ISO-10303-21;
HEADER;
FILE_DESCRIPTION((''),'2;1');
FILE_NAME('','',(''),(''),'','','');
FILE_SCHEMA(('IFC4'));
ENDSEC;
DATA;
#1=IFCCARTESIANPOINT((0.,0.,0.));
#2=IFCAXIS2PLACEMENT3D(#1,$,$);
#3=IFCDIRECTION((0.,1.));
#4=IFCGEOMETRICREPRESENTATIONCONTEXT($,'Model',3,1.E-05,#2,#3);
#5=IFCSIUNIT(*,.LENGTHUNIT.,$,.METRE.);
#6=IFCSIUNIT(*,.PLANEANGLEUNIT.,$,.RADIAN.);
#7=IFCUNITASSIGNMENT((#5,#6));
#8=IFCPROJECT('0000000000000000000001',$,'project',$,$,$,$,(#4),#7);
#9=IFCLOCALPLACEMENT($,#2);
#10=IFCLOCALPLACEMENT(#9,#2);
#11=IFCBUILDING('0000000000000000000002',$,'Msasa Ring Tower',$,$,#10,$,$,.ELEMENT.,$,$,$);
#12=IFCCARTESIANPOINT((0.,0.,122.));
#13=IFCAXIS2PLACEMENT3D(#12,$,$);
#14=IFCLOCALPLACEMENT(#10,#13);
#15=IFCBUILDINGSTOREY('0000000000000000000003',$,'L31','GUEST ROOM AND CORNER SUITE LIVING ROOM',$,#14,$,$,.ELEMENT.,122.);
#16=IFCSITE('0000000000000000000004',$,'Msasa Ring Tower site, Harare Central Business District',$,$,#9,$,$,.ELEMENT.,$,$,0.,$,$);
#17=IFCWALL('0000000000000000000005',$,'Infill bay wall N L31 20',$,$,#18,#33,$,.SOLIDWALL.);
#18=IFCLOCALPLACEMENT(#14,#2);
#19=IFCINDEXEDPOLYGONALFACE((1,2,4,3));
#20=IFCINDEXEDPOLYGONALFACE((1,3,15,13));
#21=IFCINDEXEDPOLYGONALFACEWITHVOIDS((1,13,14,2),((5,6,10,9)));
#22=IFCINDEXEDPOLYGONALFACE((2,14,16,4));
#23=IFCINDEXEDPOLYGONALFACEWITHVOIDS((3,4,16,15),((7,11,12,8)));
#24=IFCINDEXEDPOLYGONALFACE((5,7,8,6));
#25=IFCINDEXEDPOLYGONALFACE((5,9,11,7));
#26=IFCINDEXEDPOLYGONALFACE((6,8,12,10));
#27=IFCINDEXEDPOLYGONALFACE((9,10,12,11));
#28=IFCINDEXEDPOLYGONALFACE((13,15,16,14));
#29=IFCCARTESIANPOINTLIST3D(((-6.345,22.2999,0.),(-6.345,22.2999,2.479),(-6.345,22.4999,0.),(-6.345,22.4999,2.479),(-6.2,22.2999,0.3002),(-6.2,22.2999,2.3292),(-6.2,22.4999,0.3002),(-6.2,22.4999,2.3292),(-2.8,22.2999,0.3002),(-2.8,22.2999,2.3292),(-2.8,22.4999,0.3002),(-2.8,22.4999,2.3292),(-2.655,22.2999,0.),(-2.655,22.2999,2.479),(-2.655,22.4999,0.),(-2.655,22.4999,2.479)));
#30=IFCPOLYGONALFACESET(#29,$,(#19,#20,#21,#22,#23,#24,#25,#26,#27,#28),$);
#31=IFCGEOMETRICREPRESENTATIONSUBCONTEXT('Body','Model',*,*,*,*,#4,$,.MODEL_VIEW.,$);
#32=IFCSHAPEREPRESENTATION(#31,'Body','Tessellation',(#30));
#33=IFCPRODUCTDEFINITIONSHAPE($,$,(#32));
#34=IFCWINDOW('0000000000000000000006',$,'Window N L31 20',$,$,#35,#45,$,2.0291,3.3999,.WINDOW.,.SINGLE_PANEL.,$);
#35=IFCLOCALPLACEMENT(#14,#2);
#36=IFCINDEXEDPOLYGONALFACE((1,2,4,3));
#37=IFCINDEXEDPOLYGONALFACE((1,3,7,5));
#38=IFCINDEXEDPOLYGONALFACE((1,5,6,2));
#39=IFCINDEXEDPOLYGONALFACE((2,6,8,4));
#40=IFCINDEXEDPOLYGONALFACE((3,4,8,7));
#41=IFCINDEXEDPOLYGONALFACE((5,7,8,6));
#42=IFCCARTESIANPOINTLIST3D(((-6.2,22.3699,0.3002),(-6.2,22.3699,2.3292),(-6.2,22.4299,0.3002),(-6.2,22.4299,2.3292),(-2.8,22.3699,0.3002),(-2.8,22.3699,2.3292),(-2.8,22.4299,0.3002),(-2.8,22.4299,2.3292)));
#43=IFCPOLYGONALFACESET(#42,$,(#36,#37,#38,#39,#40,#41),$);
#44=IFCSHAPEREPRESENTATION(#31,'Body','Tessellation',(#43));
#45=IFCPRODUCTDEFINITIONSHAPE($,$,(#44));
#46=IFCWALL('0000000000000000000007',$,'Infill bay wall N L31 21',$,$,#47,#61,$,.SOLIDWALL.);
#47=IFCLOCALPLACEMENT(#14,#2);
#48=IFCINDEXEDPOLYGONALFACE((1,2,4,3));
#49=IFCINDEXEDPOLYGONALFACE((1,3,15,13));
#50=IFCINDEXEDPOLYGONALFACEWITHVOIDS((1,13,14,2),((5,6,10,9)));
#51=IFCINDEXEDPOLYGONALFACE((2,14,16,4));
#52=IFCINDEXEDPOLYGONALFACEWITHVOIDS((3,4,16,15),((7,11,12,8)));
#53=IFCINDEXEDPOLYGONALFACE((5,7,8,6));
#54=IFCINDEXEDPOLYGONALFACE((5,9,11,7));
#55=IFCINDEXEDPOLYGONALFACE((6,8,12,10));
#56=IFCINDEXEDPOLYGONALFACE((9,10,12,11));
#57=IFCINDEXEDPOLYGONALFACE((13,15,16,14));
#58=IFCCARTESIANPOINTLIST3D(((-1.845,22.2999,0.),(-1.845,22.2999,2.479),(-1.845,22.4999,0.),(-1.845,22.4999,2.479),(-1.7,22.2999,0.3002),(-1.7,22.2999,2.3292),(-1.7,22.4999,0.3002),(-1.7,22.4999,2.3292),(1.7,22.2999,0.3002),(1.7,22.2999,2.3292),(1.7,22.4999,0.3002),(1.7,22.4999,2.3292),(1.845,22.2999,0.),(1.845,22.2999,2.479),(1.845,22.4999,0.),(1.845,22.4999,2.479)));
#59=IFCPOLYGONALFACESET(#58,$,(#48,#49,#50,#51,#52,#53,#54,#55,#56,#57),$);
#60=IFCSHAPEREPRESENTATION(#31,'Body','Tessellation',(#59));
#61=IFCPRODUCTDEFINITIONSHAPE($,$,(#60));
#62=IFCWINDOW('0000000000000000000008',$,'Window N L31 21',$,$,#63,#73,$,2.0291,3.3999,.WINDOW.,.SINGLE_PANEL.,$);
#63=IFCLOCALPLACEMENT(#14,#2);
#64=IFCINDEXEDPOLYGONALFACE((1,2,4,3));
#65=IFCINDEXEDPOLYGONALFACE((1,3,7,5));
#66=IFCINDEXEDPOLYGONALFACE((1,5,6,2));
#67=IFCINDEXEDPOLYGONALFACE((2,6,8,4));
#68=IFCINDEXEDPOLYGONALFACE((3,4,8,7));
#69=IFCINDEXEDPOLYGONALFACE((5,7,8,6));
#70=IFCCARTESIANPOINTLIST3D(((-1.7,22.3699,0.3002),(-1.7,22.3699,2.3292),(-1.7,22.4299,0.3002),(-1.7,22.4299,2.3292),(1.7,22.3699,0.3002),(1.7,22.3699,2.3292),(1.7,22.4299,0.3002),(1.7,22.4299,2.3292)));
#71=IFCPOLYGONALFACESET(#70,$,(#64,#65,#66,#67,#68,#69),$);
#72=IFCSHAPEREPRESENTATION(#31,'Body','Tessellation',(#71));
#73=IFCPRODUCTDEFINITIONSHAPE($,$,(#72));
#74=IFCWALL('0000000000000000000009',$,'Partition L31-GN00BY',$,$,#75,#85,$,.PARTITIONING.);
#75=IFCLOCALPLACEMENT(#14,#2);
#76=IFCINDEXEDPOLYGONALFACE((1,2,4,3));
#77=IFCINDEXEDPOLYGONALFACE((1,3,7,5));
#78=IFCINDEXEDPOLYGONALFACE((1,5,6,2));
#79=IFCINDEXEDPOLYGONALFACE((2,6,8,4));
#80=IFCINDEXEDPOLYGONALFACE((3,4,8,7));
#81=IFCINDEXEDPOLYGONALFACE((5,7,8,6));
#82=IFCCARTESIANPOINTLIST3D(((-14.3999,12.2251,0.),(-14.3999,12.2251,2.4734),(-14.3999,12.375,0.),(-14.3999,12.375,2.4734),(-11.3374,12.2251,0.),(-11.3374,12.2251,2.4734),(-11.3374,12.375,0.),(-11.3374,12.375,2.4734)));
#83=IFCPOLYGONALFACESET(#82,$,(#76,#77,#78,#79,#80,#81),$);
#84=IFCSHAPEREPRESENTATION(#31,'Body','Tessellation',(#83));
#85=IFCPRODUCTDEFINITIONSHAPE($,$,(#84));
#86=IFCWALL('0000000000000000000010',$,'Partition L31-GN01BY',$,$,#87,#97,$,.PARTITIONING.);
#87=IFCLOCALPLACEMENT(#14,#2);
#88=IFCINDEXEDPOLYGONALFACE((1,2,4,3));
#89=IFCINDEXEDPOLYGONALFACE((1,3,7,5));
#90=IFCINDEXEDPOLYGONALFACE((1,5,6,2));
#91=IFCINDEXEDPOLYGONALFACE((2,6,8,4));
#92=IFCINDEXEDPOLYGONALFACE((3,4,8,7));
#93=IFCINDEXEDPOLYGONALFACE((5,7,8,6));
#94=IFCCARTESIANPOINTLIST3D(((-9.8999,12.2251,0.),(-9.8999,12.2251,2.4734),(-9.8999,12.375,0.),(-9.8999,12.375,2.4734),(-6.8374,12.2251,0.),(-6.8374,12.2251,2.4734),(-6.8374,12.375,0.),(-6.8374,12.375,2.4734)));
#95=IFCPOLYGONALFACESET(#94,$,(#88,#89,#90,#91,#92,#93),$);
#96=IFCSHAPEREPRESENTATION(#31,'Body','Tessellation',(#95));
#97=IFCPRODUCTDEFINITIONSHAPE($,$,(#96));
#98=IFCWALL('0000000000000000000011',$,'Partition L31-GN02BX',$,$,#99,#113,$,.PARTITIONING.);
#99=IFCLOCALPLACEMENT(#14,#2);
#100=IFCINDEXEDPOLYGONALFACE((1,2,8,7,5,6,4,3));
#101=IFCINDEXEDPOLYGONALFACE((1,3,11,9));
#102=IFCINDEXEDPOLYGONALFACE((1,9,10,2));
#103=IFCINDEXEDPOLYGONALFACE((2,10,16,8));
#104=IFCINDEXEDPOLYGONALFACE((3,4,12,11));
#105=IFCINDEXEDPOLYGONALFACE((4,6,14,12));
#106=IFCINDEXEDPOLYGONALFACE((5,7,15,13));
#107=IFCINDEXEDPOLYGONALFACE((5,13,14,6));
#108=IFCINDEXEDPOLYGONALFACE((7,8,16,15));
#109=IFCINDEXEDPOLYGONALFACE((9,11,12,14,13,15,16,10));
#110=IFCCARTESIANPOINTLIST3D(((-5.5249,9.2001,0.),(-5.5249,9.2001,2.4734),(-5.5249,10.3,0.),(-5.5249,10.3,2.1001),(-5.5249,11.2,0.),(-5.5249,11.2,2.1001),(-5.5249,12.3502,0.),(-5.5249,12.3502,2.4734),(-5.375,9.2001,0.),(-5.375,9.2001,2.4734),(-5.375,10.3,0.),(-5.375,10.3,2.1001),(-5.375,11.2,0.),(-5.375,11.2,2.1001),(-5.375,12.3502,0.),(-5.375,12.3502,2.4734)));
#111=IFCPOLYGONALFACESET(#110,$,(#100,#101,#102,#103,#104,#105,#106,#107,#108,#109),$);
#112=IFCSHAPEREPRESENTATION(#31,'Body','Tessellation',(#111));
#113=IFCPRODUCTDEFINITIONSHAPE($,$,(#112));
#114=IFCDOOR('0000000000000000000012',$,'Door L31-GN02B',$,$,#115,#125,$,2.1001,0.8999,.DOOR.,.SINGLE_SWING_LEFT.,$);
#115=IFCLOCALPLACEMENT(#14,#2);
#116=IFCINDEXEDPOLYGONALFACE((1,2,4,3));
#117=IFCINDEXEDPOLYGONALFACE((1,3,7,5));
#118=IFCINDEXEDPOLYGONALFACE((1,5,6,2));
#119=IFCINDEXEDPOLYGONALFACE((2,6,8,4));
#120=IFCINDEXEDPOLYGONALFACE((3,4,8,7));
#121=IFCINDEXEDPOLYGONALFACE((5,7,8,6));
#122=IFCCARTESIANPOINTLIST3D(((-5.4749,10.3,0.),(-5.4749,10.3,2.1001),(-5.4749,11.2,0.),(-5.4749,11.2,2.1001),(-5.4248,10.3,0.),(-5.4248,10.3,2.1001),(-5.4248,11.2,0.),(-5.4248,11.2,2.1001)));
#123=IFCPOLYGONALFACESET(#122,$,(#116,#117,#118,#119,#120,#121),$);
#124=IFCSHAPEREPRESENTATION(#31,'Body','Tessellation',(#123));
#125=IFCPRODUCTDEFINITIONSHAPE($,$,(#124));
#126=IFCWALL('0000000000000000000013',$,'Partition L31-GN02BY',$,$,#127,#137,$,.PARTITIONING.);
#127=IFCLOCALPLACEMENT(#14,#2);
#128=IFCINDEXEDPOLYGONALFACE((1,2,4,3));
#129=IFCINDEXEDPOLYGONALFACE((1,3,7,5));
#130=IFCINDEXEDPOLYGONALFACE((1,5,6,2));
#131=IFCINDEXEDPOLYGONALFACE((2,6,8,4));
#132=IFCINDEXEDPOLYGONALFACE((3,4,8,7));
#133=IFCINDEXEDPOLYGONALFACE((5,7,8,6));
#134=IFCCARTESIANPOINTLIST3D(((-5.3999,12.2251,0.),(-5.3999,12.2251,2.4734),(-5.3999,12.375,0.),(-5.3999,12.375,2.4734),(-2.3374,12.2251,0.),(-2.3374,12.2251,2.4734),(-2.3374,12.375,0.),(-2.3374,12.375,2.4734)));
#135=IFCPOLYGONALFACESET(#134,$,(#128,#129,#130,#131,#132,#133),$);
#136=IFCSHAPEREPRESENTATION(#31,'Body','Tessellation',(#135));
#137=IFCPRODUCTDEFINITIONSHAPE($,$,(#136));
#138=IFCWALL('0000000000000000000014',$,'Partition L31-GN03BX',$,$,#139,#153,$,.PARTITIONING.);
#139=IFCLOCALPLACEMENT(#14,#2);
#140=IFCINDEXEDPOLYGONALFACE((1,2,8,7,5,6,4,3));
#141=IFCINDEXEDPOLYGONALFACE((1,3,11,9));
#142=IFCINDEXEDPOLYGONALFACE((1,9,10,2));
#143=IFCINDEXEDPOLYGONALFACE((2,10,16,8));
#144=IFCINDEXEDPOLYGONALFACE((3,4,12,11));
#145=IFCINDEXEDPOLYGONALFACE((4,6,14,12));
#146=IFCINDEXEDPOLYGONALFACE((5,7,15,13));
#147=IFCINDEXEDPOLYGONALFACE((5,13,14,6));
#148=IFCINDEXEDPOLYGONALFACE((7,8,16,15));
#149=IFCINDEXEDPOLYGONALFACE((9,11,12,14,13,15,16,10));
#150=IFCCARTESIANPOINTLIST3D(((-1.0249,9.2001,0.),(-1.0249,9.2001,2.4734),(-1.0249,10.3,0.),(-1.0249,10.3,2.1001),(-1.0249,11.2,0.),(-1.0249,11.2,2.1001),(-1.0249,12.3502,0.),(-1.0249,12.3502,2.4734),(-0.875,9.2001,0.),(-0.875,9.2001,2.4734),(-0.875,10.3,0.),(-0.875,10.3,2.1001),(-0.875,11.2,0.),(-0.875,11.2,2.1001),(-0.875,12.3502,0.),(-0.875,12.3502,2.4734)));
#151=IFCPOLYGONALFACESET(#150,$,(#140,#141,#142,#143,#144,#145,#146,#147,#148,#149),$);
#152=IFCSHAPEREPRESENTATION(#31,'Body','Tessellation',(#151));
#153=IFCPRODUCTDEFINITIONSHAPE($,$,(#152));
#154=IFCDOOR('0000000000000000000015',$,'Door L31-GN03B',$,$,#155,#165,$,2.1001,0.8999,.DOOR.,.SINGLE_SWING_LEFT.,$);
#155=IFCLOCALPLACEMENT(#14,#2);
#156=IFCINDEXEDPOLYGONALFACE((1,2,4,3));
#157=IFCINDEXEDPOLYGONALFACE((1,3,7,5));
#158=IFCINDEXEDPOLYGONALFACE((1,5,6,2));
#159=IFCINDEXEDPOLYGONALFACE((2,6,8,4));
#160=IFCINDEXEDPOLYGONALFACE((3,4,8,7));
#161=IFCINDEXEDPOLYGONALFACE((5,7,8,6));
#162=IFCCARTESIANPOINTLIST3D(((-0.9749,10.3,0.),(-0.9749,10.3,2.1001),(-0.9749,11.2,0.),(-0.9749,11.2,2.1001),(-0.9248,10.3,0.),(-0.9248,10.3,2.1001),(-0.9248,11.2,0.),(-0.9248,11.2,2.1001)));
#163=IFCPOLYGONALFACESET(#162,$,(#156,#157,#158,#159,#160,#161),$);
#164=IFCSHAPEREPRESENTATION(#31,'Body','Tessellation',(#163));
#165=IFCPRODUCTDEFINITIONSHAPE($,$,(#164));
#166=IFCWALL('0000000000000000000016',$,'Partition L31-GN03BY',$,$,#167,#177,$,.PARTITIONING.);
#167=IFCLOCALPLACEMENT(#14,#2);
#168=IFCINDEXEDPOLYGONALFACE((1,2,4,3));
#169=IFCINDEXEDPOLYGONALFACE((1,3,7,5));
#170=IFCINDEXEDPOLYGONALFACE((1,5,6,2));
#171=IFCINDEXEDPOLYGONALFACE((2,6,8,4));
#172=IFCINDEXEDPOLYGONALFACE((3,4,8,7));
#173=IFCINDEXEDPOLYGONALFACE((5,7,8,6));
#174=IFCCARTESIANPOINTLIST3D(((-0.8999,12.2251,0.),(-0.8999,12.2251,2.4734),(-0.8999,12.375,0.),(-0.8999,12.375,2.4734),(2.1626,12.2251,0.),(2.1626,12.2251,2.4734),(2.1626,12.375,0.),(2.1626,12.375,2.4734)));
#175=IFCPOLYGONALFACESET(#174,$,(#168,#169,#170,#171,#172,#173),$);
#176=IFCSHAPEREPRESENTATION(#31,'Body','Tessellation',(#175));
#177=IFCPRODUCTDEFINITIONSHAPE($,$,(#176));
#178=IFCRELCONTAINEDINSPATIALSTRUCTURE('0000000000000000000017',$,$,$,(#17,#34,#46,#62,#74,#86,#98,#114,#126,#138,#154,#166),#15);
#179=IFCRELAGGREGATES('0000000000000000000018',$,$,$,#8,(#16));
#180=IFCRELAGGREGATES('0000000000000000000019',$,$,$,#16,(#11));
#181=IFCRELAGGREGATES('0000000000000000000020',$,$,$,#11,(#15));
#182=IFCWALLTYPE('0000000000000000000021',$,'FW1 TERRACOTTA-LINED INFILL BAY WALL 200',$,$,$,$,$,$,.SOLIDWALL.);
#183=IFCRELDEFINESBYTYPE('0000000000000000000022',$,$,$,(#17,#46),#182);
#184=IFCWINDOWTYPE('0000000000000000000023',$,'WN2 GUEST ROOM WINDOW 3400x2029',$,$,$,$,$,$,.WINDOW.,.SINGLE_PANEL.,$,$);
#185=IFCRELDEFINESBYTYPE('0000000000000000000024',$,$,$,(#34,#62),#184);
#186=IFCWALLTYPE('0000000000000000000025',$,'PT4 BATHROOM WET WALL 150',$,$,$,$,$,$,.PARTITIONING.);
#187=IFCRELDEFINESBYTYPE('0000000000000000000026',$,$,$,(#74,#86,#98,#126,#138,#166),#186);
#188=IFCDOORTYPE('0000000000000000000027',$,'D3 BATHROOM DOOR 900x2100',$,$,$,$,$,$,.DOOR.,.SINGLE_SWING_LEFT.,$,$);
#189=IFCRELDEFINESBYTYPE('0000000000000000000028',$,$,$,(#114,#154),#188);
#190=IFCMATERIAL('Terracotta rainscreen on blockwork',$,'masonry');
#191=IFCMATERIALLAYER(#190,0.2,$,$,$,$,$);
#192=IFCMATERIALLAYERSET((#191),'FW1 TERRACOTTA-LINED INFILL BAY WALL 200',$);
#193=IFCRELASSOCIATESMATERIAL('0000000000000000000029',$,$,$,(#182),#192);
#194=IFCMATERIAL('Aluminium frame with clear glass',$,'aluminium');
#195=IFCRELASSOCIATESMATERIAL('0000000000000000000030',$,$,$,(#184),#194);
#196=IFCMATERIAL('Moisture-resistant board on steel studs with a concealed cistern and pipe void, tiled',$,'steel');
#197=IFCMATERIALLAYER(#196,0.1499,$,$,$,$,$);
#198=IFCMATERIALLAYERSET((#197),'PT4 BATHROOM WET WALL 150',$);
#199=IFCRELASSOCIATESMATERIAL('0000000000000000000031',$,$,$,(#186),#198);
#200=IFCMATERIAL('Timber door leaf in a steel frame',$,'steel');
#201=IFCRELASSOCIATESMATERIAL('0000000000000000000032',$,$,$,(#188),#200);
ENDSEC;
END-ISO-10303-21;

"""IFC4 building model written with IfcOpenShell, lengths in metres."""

from ifc_helpers import new_model, si_unit, direction, frame, frame_2d, origin, place, context, subcontext, project, spatial, rectangle, extrude, material, layer, layer_set, type_object, element, fill, save


model = new_model("IFC4")

# Units and contexts
model_context = context("Model", 3, precision=1e-05, world=origin(), true_north=direction((0.0, 1.0)))
body_context = subcontext(model_context, "Body", "Model", "MODEL_VIEW")
ifc_project = project(units=[si_unit("LENGTHUNIT", "METRE"), si_unit("PLANEANGLEUNIT", "RADIAN")], contexts=[model_context])

# Site, building, storey
site_placement = place(None, origin())
site = spatial("IfcSite", under=ifc_project, at=site_placement, Name="Msasa Ring Tower site, Harare Central Business District", CompositionType="ELEMENT", RefElevation=0.0)
building_placement = place(site_placement, origin())
building = spatial("IfcBuilding", under=site, at=building_placement, Name="Msasa Ring Tower", CompositionType="ELEMENT")
storey_placement = place(building_placement, frame((0.0, 0.0, 122.0)))
storey = spatial("IfcBuildingStorey", under=building, at=storey_placement, Name="L31", Description="GUEST ROOM AND CORNER SUITE LIVING ROOM", CompositionType="ELEMENT", Elevation=122.0)

# Walls, openings, windows
ifc_material_1 = material(Name="Terracotta rainscreen on blockwork", Category="masonry")
ifc_layer_1 = layer(ifc_material_1, 0.2)
ifc_layer_set_1 = layer_set([ifc_layer_1], Name="FW1 TERRACOTTA-LINED INFILL BAY WALL 200")
wall_type_1 = type_object("IfcWallType", Name="FW1 TERRACOTTA-LINED INFILL BAY WALL 200", PredefinedType="SOLIDWALL", material=ifc_layer_set_1)
ifc_material_2 = material(Name="Aluminium frame with clear glass", Category="aluminium")
window_type = type_object("IfcWindowType", Name="WN2 GUEST ROOM WINDOW 3400x2029", PartitioningType="SINGLE_PANEL", PredefinedType="WINDOW", material=ifc_material_2)
wall_1_placement = place(storey_placement, frame((-6.345, 22.3999, 0.0), z_axis=(0.0, 0.0, 1.0), x_axis=(1.0, 0.0, 0.0)))
wall_1 = element("IfcWall", 1, at=wall_1_placement, inside=storey, type_object=wall_type_1, Name="Infill bay wall N L31 20", PredefinedType="SOLIDWALL", context=body_context, shape_type="SweptSolid", body=[
    extrude(rectangle(XDim=3.6899, YDim=0.2, at=frame_2d((1.845, 0.0))), origin(), (0.0, 0.0, 1.0), 2.479),
])
opening_1_placement = place(wall_1_placement, frame((0.145, 0.0, 0.3)))
opening_1 = element("IfcOpeningElement", 2, at=opening_1_placement, cuts=wall_1, PredefinedType="OPENING", context=body_context, shape_type="SweptSolid", body=[
    extrude(rectangle(XDim=3.3999, YDim=2.0291, at=frame_2d((1.7, 1.0146))), frame((0.0, 0.1099, 0.0), z_axis=(0.0, -1.0, 0.0), x_axis=(1.0, 0.0, 0.0)), (0.0, 0.0, 1.0), 0.22),
])
window_1_placement = place(opening_1_placement, origin())
window_1 = element("IfcWindow", 3, at=window_1_placement, inside=storey, type_object=window_type, Name="Window N L31 20", OverallHeight=2.0291, OverallWidth=3.3999, PartitioningType="SINGLE_PANEL", PredefinedType="WINDOW", context=body_context, shape_type="SweptSolid", body=[
    extrude(rectangle(XDim=3.3999, YDim=2.0291, at=frame_2d((1.7, 1.0146))), frame((0.0, 0.03, 0.0), z_axis=(0.0, -1.0, 0.0), x_axis=(1.0, 0.0, 0.0)), (0.0, 0.0, 1.0), 0.0601),
])
fill(opening_1, window_1)
wall_2_placement = place(storey_placement, frame((-1.845, 22.3999, 0.0), z_axis=(0.0, 0.0, 1.0), x_axis=(1.0, 0.0, 0.0)))
wall_2 = element("IfcWall", 4, at=wall_2_placement, inside=storey, type_object=wall_type_1, Name="Infill bay wall N L31 21", PredefinedType="SOLIDWALL", context=body_context, shape_type="SweptSolid", body=[
    extrude(rectangle(XDim=3.6899, YDim=0.2, at=frame_2d((1.845, 0.0))), origin(), (0.0, 0.0, 1.0), 2.479),
])
opening_2_placement = place(wall_2_placement, frame((0.145, 0.0, 0.3)))
opening_2 = element("IfcOpeningElement", 5, at=opening_2_placement, cuts=wall_2, PredefinedType="OPENING", context=body_context, shape_type="SweptSolid", body=[
    extrude(rectangle(XDim=3.3999, YDim=2.0291, at=frame_2d((1.7, 1.0146))), frame((0.0, 0.1099, 0.0), z_axis=(0.0, -1.0, 0.0), x_axis=(1.0, 0.0, 0.0)), (0.0, 0.0, 1.0), 0.22),
])
window_2_placement = place(opening_2_placement, origin())
window_2 = element("IfcWindow", 6, at=window_2_placement, inside=storey, type_object=window_type, Name="Window N L31 21", OverallHeight=2.0291, OverallWidth=3.3999, PartitioningType="SINGLE_PANEL", PredefinedType="WINDOW", context=body_context, shape_type="SweptSolid", body=[
    extrude(rectangle(XDim=3.3999, YDim=2.0291, at=frame_2d((1.7, 1.0146))), frame((0.0, 0.03, 0.0), z_axis=(0.0, -1.0, 0.0), x_axis=(1.0, 0.0, 0.0)), (0.0, 0.0, 1.0), 0.0601),
])
fill(opening_2, window_2)

# Walls
ifc_material_3 = material(Name="Moisture-resistant board on steel studs with a concealed cistern and pipe void, tiled", Category="steel")
ifc_layer_2 = layer(ifc_material_3, 0.1499)
ifc_layer_set_2 = layer_set([ifc_layer_2], Name="PT4 BATHROOM WET WALL 150")
wall_type_2 = type_object("IfcWallType", Name="PT4 BATHROOM WET WALL 150", PredefinedType="PARTITIONING", material=ifc_layer_set_2)
for number, where, z_axis, x_axis, name in (
    (7, (-14.3999, 12.3, 0.0), (0.0, 0.0, 1.0), (1.0, 0.0, 0.0), "Partition L31-GN00BY"),
    (8, (-9.8999, 12.3, 0.0), (0.0, 0.0, 1.0), (1.0, 0.0, 0.0), "Partition L31-GN01BY"),
):
    element("IfcWall", number, at=place(storey_placement, frame(where, z_axis=z_axis, x_axis=x_axis)), inside=storey, type_object=wall_type_2, Name=name, PredefinedType="PARTITIONING", context=body_context, shape_type="SweptSolid", body=[
        extrude(rectangle(XDim=3.0625, YDim=0.1499, at=frame_2d((1.5312, 0.0))), origin(), (0.0, 0.0, 1.0), 2.4734),
    ])

# Wall, opening, door
wall_3_placement = place(storey_placement, frame((-5.45, 9.2, 0.0), z_axis=(0.0, 0.0, 1.0), x_axis=(0.0, 1.0, 0.0)))
wall_3 = element("IfcWall", 9, at=wall_3_placement, inside=storey, type_object=wall_type_2, Name="Partition L31-GN02BX", PredefinedType="PARTITIONING", context=body_context, shape_type="SweptSolid", body=[
    extrude(rectangle(XDim=3.1501, YDim=0.1499, at=frame_2d((1.5752, 0.0))), origin(), (0.0, 0.0, 1.0), 2.4734),
])
opening_3_placement = place(wall_3_placement, frame((1.1001, 0.0, 0.0)))
opening_3 = element("IfcOpeningElement", 10, at=opening_3_placement, cuts=wall_3, PredefinedType="OPENING", context=body_context, shape_type="SweptSolid", body=[
    extrude(rectangle(XDim=0.8999, YDim=2.1001, at=frame_2d((0.45, 1.05))), frame((0.0, 0.085, 0.0), z_axis=(0.0, -1.0, 0.0), x_axis=(1.0, 0.0, 0.0)), (0.0, 0.0, 1.0), 0.1699),
])
ifc_material_4 = material(Name="Timber door leaf in a steel frame", Category="steel")
door_type = type_object("IfcDoorType", Name="D3 BATHROOM DOOR 900x2100", OperationType="SINGLE_SWING_LEFT", PredefinedType="DOOR", material=ifc_material_4)
door_1_placement = place(opening_3_placement, origin())
door_1 = element("IfcDoor", 11, at=door_1_placement, inside=storey, type_object=door_type, Name="Door L31-GN02B", OperationType="SINGLE_SWING_LEFT", OverallHeight=2.1001, OverallWidth=0.8999, PredefinedType="DOOR", context=body_context, shape_type="SweptSolid", body=[
    extrude(rectangle(XDim=0.8999, YDim=2.1001, at=frame_2d((0.45, 1.05))), frame((0.0, 0.0249, 0.0), z_axis=(0.0, -1.0, 0.0), x_axis=(1.0, 0.0, 0.0)), (0.0, 0.0, 1.0), 0.05),
])
fill(opening_3, door_1)

# Wall
wall_4_placement = place(storey_placement, frame((-5.3999, 12.3, 0.0), z_axis=(0.0, 0.0, 1.0), x_axis=(1.0, 0.0, 0.0)))
element("IfcWall", 12, at=wall_4_placement, inside=storey, type_object=wall_type_2, Name="Partition L31-GN02BY", PredefinedType="PARTITIONING", context=body_context, shape_type="SweptSolid", body=[
    extrude(rectangle(XDim=3.0625, YDim=0.1499, at=frame_2d((1.5312, 0.0))), origin(), (0.0, 0.0, 1.0), 2.4734),
])

# Wall, opening, door
wall_5_placement = place(storey_placement, frame((-0.95, 9.2, 0.0), z_axis=(0.0, 0.0, 1.0), x_axis=(0.0, 1.0, 0.0)))
wall_5 = element("IfcWall", 13, at=wall_5_placement, inside=storey, type_object=wall_type_2, Name="Partition L31-GN03BX", PredefinedType="PARTITIONING", context=body_context, shape_type="SweptSolid", body=[
    extrude(rectangle(XDim=3.1501, YDim=0.1499, at=frame_2d((1.5752, 0.0))), origin(), (0.0, 0.0, 1.0), 2.4734),
])
opening_4_placement = place(wall_5_placement, frame((1.1001, 0.0, 0.0)))
opening_4 = element("IfcOpeningElement", 14, at=opening_4_placement, cuts=wall_5, PredefinedType="OPENING", context=body_context, shape_type="SweptSolid", body=[
    extrude(rectangle(XDim=0.8999, YDim=2.1001, at=frame_2d((0.45, 1.05))), frame((0.0, 0.085, 0.0), z_axis=(0.0, -1.0, 0.0), x_axis=(1.0, 0.0, 0.0)), (0.0, 0.0, 1.0), 0.1699),
])
door_2_placement = place(opening_4_placement, origin())
door_2 = element("IfcDoor", 15, at=door_2_placement, inside=storey, type_object=door_type, Name="Door L31-GN03B", OperationType="SINGLE_SWING_LEFT", OverallHeight=2.1001, OverallWidth=0.8999, PredefinedType="DOOR", context=body_context, shape_type="SweptSolid", body=[
    extrude(rectangle(XDim=0.8999, YDim=2.1001, at=frame_2d((0.45, 1.05))), frame((0.0, 0.0249, 0.0), z_axis=(0.0, -1.0, 0.0), x_axis=(1.0, 0.0, 0.0)), (0.0, 0.0, 1.0), 0.05),
])
fill(opening_4, door_2)

# Wall
wall_6_placement = place(storey_placement, frame((-0.8999, 12.3, 0.0), z_axis=(0.0, 0.0, 1.0), x_axis=(1.0, 0.0, 0.0)))
element("IfcWall", 16, at=wall_6_placement, inside=storey, type_object=wall_type_2, Name="Partition L31-GN03BY", PredefinedType="PARTITIONING", context=body_context, shape_type="SweptSolid", body=[
    extrude(rectangle(XDim=3.0625, YDim=0.1499, at=frame_2d((1.5312, 0.0))), origin(), (0.0, 0.0, 1.0), 2.4734),
])

save(model, "model.ifc")
